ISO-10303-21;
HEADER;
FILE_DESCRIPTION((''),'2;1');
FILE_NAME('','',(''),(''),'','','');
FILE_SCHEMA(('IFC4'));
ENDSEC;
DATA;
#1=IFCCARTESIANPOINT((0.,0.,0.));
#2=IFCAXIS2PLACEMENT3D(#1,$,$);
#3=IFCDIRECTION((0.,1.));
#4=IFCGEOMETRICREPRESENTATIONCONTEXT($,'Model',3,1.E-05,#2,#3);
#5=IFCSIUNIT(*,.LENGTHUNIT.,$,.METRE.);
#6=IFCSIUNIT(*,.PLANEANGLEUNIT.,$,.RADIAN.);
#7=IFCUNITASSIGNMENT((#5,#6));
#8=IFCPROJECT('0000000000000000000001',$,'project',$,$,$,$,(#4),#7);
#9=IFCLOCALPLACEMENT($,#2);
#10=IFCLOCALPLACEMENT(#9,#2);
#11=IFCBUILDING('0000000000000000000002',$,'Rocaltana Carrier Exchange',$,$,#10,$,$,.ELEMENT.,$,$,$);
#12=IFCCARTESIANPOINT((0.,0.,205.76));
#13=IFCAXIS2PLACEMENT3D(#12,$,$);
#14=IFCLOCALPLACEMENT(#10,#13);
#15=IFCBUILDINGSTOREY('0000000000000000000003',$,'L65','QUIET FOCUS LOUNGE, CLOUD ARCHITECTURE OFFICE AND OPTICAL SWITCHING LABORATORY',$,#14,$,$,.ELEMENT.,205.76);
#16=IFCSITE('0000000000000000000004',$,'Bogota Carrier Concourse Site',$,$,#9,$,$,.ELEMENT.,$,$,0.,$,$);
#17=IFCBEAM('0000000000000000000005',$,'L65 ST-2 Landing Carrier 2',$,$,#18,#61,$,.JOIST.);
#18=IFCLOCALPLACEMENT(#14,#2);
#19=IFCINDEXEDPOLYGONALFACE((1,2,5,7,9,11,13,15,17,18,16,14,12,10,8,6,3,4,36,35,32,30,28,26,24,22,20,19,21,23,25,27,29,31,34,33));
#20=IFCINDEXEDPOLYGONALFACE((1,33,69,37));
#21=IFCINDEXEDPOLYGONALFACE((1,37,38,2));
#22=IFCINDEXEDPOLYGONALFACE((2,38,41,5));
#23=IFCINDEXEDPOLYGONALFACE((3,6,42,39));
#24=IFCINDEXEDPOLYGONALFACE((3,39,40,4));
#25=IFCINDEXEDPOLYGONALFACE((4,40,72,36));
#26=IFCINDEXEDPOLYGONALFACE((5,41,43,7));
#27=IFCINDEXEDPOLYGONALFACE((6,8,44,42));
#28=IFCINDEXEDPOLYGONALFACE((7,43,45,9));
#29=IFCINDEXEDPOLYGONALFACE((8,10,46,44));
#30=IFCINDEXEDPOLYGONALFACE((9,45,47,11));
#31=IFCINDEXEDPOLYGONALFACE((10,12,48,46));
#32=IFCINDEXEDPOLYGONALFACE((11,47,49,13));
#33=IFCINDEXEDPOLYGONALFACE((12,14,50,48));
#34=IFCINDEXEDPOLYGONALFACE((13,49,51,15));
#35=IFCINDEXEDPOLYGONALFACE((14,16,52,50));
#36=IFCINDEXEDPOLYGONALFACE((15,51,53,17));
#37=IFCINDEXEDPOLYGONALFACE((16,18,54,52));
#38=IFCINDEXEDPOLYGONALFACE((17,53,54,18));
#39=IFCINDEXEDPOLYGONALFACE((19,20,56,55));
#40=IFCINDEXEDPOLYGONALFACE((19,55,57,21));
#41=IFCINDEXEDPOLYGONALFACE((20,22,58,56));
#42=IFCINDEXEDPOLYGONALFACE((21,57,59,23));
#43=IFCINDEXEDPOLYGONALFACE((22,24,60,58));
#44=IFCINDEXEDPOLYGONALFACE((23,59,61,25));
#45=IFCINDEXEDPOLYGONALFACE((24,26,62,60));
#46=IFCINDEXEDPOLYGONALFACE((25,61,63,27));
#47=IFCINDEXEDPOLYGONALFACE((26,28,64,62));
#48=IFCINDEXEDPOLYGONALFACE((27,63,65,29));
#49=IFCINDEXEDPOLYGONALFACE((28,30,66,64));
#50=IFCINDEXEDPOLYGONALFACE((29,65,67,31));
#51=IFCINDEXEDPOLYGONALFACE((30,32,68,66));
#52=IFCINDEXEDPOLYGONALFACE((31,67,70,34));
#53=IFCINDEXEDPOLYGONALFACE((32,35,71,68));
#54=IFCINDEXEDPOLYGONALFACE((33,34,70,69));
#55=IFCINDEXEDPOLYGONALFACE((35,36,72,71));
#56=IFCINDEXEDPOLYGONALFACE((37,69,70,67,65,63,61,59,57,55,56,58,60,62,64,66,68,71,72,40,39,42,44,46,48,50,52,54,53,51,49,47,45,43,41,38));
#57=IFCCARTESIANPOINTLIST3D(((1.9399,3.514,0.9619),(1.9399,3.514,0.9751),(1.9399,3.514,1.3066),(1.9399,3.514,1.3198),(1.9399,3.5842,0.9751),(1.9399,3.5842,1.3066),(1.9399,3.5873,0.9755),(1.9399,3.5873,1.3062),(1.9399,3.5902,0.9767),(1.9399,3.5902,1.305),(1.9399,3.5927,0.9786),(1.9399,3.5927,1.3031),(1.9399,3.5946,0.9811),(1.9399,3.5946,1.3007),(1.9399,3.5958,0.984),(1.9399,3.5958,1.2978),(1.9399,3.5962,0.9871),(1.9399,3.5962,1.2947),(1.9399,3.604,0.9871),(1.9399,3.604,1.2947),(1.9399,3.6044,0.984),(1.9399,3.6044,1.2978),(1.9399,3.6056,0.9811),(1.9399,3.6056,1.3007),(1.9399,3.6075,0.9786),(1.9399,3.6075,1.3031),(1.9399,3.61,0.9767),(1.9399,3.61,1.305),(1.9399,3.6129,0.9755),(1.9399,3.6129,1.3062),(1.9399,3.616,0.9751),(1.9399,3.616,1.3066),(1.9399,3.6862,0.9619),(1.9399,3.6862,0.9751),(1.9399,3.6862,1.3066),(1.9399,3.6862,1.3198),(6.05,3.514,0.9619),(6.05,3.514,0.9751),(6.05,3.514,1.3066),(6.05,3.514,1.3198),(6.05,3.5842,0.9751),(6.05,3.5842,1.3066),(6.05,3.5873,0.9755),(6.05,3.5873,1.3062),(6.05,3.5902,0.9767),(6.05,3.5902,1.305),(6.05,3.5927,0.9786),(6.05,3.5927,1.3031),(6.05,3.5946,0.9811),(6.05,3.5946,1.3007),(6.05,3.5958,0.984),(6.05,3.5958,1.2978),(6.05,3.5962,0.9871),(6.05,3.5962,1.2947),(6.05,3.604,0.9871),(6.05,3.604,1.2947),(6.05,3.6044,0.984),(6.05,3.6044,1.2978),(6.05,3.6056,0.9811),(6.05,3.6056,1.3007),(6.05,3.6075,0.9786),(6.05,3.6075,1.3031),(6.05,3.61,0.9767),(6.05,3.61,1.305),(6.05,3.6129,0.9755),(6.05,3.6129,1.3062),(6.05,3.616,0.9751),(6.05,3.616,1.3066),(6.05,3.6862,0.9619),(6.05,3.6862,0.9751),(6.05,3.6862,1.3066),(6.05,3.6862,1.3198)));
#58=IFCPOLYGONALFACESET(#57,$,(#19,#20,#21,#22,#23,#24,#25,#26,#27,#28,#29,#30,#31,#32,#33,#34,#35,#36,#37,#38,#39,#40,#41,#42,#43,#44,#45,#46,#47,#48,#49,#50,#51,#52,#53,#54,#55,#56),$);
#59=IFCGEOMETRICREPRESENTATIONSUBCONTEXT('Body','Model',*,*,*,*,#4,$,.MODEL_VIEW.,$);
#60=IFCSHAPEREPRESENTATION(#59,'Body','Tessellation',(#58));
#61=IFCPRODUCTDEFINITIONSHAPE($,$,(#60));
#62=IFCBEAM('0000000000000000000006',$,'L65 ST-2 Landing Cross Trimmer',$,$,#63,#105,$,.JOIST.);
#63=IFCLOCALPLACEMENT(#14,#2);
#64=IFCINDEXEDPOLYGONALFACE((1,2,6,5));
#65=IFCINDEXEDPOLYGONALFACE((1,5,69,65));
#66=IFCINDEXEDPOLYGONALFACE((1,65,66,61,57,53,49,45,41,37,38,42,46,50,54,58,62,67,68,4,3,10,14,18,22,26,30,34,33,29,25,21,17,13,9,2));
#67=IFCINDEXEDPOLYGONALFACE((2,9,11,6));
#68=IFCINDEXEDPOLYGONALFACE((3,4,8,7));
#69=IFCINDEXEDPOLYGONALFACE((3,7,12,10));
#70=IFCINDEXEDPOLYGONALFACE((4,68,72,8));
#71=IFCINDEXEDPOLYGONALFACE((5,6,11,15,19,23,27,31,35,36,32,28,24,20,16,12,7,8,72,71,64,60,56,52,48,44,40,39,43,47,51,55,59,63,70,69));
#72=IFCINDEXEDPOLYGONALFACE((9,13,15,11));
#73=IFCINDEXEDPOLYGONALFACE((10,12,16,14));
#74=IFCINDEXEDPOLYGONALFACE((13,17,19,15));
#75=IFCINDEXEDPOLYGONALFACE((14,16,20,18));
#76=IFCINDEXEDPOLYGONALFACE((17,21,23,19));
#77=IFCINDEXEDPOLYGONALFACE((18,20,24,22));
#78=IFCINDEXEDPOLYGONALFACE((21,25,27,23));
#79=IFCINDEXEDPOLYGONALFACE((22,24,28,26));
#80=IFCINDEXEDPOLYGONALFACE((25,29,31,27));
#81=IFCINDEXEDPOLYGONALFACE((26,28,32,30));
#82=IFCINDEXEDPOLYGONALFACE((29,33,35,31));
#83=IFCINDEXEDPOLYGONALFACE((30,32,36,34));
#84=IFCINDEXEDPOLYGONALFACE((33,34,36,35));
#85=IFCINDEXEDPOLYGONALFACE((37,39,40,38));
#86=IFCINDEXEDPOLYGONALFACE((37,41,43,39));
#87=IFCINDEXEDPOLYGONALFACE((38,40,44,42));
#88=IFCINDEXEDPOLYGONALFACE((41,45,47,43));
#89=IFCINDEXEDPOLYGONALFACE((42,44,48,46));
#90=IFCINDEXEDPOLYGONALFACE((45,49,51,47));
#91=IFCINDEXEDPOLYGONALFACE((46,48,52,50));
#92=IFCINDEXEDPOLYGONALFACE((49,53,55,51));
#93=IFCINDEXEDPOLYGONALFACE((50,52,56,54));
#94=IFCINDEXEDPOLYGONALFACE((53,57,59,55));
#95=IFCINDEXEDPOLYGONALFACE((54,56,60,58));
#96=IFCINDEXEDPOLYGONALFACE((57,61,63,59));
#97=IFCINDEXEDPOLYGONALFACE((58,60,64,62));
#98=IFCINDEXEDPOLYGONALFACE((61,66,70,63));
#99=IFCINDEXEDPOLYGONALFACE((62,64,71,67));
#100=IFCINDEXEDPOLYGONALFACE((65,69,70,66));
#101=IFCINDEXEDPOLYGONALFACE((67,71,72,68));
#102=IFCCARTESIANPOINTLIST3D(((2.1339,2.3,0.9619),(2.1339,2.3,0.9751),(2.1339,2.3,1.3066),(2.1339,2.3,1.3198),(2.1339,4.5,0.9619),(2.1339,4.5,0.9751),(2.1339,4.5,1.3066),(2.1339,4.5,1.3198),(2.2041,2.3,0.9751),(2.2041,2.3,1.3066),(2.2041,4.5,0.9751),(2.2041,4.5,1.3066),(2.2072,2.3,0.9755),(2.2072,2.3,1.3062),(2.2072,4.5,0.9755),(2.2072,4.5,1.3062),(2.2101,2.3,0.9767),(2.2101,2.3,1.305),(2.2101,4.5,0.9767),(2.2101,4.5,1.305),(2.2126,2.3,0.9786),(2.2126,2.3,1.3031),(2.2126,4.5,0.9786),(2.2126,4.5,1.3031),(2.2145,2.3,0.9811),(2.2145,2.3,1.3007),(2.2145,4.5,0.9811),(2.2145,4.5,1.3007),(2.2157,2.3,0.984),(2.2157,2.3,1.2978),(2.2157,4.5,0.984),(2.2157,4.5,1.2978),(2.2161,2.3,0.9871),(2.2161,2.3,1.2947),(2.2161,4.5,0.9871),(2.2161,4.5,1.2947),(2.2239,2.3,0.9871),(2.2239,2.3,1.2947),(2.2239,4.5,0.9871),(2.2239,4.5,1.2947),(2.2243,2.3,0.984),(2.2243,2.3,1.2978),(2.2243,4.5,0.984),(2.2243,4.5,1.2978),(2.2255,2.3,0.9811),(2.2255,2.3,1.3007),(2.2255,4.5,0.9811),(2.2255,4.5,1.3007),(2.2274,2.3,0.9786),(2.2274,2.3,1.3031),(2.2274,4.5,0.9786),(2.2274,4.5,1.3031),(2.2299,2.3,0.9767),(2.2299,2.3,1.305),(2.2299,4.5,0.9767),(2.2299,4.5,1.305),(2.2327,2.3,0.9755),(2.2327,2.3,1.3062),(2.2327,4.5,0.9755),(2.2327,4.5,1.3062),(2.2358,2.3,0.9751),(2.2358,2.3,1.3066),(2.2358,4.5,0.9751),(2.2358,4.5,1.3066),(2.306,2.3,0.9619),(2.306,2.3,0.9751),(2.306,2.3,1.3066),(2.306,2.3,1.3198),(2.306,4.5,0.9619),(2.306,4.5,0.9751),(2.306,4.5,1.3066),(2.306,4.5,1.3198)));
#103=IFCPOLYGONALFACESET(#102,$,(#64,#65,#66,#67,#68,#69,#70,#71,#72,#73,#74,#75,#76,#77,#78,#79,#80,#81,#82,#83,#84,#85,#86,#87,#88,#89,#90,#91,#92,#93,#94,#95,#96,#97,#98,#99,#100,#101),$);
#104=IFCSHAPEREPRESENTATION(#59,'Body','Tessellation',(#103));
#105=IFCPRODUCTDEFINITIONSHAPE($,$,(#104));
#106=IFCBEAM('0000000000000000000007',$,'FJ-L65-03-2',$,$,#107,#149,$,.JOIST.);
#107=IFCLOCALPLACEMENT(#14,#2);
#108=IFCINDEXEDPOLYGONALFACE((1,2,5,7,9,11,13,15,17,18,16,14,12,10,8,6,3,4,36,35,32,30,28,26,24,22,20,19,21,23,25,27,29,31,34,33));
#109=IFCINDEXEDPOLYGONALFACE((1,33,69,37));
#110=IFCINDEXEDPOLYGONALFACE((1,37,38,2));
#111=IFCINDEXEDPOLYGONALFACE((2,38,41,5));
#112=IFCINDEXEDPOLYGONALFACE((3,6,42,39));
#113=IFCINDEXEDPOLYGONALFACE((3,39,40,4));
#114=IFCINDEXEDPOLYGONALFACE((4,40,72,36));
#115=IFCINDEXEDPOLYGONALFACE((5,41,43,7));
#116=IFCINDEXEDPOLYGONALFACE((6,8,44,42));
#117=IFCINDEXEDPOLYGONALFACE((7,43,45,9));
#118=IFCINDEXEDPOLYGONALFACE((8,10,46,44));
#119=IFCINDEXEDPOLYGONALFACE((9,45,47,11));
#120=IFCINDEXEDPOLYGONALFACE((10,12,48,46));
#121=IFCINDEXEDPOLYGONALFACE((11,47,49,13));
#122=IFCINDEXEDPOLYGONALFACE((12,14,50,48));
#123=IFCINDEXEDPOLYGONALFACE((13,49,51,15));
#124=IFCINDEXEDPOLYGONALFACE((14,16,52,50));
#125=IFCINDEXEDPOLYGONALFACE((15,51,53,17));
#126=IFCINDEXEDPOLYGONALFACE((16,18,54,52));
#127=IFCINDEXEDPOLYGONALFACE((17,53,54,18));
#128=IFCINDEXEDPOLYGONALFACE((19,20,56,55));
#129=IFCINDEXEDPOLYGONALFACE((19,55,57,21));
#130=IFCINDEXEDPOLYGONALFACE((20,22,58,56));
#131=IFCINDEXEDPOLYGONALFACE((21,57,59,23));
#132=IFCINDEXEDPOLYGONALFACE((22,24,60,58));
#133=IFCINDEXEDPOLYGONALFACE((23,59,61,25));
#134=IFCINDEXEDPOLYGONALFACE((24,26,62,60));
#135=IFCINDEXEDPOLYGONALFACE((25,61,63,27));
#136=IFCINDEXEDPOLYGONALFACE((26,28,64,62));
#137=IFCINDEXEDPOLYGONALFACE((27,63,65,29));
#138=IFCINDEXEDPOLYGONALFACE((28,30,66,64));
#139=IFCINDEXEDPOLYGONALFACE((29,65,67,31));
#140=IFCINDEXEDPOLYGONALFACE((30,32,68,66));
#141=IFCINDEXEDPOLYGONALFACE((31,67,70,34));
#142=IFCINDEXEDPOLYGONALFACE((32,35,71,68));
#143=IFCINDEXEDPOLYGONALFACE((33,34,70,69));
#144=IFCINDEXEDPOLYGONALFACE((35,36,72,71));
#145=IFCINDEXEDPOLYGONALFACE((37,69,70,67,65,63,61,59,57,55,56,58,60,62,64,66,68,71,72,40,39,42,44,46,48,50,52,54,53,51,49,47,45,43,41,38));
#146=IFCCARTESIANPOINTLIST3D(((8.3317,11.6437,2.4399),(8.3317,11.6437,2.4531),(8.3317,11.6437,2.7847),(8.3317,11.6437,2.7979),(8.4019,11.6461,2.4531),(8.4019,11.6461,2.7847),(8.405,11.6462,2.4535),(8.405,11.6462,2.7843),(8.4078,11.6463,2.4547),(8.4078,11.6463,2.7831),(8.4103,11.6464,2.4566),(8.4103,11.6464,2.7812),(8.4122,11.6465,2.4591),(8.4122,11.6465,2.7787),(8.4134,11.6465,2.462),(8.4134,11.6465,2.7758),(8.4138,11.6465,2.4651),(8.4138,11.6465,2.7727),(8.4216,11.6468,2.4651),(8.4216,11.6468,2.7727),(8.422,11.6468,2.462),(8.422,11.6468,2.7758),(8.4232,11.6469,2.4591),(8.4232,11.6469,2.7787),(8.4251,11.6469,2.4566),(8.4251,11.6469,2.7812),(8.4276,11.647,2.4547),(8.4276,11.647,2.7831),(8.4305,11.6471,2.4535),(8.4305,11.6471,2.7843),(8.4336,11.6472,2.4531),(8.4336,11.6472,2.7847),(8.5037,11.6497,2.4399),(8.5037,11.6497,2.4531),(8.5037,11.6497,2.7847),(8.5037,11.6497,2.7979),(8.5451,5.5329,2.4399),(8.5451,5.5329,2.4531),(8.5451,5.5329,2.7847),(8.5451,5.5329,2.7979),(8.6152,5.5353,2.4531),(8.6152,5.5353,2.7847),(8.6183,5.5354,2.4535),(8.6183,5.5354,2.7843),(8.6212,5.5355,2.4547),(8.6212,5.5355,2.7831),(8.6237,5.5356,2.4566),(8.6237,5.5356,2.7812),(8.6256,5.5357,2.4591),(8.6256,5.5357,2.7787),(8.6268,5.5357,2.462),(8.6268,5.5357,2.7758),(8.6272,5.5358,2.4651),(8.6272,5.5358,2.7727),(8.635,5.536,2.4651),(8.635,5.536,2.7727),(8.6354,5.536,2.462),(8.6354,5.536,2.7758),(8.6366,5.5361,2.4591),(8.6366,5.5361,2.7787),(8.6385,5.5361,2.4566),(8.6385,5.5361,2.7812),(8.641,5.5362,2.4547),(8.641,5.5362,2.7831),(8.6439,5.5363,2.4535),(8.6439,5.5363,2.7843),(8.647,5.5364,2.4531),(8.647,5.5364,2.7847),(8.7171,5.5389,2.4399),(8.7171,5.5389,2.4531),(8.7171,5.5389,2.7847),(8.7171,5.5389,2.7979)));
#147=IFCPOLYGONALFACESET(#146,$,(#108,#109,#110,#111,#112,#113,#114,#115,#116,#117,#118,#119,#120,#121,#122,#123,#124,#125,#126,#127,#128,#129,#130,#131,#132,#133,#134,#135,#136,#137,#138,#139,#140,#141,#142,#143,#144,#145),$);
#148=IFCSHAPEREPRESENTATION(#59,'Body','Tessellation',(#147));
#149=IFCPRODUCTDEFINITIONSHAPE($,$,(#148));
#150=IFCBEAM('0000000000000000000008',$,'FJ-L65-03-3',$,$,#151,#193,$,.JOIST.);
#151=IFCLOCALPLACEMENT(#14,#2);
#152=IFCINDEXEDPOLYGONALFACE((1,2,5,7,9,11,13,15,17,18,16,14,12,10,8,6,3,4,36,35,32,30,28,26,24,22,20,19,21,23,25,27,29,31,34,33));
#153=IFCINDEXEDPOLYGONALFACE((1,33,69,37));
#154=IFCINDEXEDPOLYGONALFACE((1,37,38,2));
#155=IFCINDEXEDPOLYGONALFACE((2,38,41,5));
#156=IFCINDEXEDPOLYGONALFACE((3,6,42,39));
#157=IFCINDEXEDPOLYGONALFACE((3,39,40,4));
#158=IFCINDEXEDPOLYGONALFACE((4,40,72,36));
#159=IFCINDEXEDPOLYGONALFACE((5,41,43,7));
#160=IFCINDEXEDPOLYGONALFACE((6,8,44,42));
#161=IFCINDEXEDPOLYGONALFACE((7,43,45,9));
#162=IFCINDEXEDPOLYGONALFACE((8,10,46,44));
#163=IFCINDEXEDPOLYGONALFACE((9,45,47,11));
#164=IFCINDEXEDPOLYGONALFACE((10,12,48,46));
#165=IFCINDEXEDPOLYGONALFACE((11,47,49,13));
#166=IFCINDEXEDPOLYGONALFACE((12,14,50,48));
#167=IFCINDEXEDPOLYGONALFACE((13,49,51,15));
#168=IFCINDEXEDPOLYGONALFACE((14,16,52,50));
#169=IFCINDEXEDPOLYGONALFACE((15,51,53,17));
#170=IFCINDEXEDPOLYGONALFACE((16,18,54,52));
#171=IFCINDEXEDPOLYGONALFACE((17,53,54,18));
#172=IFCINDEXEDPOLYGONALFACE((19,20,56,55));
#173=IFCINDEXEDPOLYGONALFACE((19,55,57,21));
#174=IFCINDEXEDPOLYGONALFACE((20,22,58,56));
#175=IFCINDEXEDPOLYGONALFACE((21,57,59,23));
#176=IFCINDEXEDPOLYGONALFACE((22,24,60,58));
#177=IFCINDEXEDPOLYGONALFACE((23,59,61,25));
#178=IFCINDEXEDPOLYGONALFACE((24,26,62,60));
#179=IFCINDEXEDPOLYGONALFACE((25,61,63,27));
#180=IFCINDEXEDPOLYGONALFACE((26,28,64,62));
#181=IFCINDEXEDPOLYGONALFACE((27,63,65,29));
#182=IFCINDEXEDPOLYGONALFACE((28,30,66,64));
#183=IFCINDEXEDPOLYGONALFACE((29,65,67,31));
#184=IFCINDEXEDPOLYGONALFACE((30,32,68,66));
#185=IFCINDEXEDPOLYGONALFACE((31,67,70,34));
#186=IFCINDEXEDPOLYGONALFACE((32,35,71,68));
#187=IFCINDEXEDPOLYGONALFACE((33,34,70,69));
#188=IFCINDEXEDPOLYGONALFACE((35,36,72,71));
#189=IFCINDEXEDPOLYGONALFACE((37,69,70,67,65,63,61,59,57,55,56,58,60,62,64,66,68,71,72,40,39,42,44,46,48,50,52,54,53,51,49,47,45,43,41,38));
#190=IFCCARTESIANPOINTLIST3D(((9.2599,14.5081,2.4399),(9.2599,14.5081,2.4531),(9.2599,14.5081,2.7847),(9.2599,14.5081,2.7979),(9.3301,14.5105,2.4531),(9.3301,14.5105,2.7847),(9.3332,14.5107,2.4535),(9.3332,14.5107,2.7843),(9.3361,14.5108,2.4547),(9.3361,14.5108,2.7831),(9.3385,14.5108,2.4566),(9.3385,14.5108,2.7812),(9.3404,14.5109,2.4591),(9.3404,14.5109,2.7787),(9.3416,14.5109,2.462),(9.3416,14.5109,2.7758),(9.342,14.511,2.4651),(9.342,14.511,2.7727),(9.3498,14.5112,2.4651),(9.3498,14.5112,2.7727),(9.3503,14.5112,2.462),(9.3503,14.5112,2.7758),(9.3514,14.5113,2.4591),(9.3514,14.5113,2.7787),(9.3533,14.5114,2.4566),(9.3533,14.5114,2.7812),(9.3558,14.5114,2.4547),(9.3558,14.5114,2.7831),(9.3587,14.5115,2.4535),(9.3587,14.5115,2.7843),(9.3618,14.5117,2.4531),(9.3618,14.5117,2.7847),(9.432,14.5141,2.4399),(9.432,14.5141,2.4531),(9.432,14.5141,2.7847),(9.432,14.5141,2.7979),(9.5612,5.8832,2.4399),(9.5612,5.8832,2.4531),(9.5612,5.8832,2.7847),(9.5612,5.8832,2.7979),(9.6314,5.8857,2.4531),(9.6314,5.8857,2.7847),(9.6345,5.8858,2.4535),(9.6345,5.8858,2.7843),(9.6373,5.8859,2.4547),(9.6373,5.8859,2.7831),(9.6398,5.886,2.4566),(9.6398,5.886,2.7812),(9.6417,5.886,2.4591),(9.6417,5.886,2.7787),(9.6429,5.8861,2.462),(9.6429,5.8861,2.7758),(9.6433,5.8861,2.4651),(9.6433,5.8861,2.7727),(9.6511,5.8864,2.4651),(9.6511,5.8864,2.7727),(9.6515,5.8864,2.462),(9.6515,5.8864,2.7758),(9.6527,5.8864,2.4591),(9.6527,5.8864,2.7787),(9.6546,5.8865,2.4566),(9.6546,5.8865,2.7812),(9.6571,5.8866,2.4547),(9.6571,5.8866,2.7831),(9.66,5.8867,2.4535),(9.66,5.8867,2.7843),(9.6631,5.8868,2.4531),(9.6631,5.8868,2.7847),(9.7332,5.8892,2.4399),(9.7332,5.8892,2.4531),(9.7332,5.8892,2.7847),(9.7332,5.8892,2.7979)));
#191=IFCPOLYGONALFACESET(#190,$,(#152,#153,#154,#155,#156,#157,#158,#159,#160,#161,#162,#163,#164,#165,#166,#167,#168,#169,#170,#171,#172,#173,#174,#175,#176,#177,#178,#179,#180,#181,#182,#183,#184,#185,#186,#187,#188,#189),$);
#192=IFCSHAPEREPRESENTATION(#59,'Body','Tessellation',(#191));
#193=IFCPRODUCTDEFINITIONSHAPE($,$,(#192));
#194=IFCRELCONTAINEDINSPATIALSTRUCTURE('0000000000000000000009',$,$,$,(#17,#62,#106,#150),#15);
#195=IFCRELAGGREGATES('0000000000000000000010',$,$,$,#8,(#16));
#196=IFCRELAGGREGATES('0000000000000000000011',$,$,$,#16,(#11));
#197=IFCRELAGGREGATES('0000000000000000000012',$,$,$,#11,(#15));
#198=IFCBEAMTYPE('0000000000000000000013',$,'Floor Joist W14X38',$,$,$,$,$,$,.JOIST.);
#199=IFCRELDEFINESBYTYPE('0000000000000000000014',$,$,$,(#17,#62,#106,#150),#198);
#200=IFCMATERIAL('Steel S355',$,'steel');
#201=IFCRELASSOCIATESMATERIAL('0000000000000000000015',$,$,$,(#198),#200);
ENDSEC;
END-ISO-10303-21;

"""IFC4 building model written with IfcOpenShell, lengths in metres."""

from ifc_helpers import new_model, si_unit, direction, frame, origin, origin_2d, place, context, subcontext, project, spatial, i_section, extrude, material, material_profile, profile_set, type_object, element, save


model = new_model("IFC4")

# Units and contexts
model_context = context("Model", 3, precision=1e-05, world=origin(), true_north=direction((0.0, 1.0)))
body_context = subcontext(model_context, "Body", "Model", "MODEL_VIEW")
ifc_project = project(units=[si_unit("LENGTHUNIT", "METRE"), si_unit("PLANEANGLEUNIT", "RADIAN")], contexts=[model_context])

# Site, building, storey
site_placement = place(None, origin())
site = spatial("IfcSite", under=ifc_project, at=site_placement, Name="Bogota Carrier Concourse Site", CompositionType="ELEMENT", RefElevation=0.0)
building_placement = place(site_placement, origin())
building = spatial("IfcBuilding", under=site, at=building_placement, Name="Rocaltana Carrier Exchange", CompositionType="ELEMENT")
storey_placement = place(building_placement, frame((0.0, 0.0, 205.76)))
storey = spatial("IfcBuildingStorey", under=building, at=storey_placement, Name="L65", Description="QUIET FOCUS LOUNGE, CLOUD ARCHITECTURE OFFICE AND OPTICAL SWITCHING LABORATORY", CompositionType="ELEMENT", Elevation=205.76)

# Beams
ifc_material_1 = material(Name="Steel S355", Category="steel")
ifc_material_profile_1 = material_profile(ifc_material_1, i_section(OverallWidth=0.1721, OverallDepth=0.3579, WebThickness=0.0078, FlangeThickness=0.0132, FilletRadius=0.012, at=origin_2d()), Name="W14X38")
ifc_profile_set_1 = profile_set([ifc_material_profile_1], Name="Steel S355")
beam_type_1 = type_object("IfcBeamType", Name="Floor Joist W14X38", PredefinedType="JOIST", material=ifc_profile_set_1)
for number, where, z_axis, x_axis, name in (
    (1, (1.9399, 3.6001, 1.1409), (1.0, 0.0, 0.0), (0.0, 1.0, 0.0), "L65 ST-2 Landing Carrier 2"),
):
    element("IfcBeam", number, at=place(storey_placement, frame(where, z_axis=z_axis, x_axis=x_axis)), inside=storey, type_object=beam_type_1, Name=name, PredefinedType="JOIST", context=body_context, shape_type="SweptSolid", body=[
        extrude(i_section(OverallWidth=0.1721, OverallDepth=0.3579, WebThickness=0.0078, FlangeThickness=0.0132, FilletRadius=0.012, at=origin_2d()), origin(), (0.0, 0.0, 1.0), 4.1101),
    ])
beam_1_placement = place(storey_placement, frame((2.22, 2.3, 1.1409), z_axis=(0.0, 1.0, 0.0), x_axis=(-1.0, 0.0, 0.0)))
element("IfcBeam", 2, at=beam_1_placement, inside=storey, type_object=beam_type_1, Name="L65 ST-2 Landing Cross Trimmer", PredefinedType="JOIST", context=body_context, shape_type="SweptSolid", body=[
    extrude(i_section(OverallWidth=0.1721, OverallDepth=0.3579, WebThickness=0.0078, FlangeThickness=0.0132, FilletRadius=0.012, at=origin_2d()), origin(), (0.0, 0.0, 1.0), 2.2),
])
beam_2_placement = place(storey_placement, frame((8.6311, 5.5359, 2.6189), z_axis=(-0.034897, 0.999391, 0.0), x_axis=(-0.999391, -0.034897, 0.0)))
element("IfcBeam", 3, at=beam_2_placement, inside=storey, type_object=beam_type_1, Name="FJ-L65-03-2", PredefinedType="JOIST", context=body_context, shape_type="SweptSolid", body=[
    extrude(i_section(OverallWidth=0.1721, OverallDepth=0.3579, WebThickness=0.0078, FlangeThickness=0.0132, FilletRadius=0.012, at=origin_2d()), origin(), (0.0, 0.0, 1.0), 6.1145),
])
beam_3_placement = place(storey_placement, frame((9.6472, 5.8862, 2.6189), z_axis=(-0.034909, 0.99939, 0.0), x_axis=(-0.99939, -0.034909, 0.0)))
element("IfcBeam", 4, at=beam_3_placement, inside=storey, type_object=beam_type_1, Name="FJ-L65-03-3", PredefinedType="JOIST", context=body_context, shape_type="SweptSolid", body=[
    extrude(i_section(OverallWidth=0.1721, OverallDepth=0.3579, WebThickness=0.0078, FlangeThickness=0.0132, FilletRadius=0.012, at=origin_2d()), origin(), (0.0, 0.0, 1.0), 8.6301),
])

save(model, "model.ifc")
